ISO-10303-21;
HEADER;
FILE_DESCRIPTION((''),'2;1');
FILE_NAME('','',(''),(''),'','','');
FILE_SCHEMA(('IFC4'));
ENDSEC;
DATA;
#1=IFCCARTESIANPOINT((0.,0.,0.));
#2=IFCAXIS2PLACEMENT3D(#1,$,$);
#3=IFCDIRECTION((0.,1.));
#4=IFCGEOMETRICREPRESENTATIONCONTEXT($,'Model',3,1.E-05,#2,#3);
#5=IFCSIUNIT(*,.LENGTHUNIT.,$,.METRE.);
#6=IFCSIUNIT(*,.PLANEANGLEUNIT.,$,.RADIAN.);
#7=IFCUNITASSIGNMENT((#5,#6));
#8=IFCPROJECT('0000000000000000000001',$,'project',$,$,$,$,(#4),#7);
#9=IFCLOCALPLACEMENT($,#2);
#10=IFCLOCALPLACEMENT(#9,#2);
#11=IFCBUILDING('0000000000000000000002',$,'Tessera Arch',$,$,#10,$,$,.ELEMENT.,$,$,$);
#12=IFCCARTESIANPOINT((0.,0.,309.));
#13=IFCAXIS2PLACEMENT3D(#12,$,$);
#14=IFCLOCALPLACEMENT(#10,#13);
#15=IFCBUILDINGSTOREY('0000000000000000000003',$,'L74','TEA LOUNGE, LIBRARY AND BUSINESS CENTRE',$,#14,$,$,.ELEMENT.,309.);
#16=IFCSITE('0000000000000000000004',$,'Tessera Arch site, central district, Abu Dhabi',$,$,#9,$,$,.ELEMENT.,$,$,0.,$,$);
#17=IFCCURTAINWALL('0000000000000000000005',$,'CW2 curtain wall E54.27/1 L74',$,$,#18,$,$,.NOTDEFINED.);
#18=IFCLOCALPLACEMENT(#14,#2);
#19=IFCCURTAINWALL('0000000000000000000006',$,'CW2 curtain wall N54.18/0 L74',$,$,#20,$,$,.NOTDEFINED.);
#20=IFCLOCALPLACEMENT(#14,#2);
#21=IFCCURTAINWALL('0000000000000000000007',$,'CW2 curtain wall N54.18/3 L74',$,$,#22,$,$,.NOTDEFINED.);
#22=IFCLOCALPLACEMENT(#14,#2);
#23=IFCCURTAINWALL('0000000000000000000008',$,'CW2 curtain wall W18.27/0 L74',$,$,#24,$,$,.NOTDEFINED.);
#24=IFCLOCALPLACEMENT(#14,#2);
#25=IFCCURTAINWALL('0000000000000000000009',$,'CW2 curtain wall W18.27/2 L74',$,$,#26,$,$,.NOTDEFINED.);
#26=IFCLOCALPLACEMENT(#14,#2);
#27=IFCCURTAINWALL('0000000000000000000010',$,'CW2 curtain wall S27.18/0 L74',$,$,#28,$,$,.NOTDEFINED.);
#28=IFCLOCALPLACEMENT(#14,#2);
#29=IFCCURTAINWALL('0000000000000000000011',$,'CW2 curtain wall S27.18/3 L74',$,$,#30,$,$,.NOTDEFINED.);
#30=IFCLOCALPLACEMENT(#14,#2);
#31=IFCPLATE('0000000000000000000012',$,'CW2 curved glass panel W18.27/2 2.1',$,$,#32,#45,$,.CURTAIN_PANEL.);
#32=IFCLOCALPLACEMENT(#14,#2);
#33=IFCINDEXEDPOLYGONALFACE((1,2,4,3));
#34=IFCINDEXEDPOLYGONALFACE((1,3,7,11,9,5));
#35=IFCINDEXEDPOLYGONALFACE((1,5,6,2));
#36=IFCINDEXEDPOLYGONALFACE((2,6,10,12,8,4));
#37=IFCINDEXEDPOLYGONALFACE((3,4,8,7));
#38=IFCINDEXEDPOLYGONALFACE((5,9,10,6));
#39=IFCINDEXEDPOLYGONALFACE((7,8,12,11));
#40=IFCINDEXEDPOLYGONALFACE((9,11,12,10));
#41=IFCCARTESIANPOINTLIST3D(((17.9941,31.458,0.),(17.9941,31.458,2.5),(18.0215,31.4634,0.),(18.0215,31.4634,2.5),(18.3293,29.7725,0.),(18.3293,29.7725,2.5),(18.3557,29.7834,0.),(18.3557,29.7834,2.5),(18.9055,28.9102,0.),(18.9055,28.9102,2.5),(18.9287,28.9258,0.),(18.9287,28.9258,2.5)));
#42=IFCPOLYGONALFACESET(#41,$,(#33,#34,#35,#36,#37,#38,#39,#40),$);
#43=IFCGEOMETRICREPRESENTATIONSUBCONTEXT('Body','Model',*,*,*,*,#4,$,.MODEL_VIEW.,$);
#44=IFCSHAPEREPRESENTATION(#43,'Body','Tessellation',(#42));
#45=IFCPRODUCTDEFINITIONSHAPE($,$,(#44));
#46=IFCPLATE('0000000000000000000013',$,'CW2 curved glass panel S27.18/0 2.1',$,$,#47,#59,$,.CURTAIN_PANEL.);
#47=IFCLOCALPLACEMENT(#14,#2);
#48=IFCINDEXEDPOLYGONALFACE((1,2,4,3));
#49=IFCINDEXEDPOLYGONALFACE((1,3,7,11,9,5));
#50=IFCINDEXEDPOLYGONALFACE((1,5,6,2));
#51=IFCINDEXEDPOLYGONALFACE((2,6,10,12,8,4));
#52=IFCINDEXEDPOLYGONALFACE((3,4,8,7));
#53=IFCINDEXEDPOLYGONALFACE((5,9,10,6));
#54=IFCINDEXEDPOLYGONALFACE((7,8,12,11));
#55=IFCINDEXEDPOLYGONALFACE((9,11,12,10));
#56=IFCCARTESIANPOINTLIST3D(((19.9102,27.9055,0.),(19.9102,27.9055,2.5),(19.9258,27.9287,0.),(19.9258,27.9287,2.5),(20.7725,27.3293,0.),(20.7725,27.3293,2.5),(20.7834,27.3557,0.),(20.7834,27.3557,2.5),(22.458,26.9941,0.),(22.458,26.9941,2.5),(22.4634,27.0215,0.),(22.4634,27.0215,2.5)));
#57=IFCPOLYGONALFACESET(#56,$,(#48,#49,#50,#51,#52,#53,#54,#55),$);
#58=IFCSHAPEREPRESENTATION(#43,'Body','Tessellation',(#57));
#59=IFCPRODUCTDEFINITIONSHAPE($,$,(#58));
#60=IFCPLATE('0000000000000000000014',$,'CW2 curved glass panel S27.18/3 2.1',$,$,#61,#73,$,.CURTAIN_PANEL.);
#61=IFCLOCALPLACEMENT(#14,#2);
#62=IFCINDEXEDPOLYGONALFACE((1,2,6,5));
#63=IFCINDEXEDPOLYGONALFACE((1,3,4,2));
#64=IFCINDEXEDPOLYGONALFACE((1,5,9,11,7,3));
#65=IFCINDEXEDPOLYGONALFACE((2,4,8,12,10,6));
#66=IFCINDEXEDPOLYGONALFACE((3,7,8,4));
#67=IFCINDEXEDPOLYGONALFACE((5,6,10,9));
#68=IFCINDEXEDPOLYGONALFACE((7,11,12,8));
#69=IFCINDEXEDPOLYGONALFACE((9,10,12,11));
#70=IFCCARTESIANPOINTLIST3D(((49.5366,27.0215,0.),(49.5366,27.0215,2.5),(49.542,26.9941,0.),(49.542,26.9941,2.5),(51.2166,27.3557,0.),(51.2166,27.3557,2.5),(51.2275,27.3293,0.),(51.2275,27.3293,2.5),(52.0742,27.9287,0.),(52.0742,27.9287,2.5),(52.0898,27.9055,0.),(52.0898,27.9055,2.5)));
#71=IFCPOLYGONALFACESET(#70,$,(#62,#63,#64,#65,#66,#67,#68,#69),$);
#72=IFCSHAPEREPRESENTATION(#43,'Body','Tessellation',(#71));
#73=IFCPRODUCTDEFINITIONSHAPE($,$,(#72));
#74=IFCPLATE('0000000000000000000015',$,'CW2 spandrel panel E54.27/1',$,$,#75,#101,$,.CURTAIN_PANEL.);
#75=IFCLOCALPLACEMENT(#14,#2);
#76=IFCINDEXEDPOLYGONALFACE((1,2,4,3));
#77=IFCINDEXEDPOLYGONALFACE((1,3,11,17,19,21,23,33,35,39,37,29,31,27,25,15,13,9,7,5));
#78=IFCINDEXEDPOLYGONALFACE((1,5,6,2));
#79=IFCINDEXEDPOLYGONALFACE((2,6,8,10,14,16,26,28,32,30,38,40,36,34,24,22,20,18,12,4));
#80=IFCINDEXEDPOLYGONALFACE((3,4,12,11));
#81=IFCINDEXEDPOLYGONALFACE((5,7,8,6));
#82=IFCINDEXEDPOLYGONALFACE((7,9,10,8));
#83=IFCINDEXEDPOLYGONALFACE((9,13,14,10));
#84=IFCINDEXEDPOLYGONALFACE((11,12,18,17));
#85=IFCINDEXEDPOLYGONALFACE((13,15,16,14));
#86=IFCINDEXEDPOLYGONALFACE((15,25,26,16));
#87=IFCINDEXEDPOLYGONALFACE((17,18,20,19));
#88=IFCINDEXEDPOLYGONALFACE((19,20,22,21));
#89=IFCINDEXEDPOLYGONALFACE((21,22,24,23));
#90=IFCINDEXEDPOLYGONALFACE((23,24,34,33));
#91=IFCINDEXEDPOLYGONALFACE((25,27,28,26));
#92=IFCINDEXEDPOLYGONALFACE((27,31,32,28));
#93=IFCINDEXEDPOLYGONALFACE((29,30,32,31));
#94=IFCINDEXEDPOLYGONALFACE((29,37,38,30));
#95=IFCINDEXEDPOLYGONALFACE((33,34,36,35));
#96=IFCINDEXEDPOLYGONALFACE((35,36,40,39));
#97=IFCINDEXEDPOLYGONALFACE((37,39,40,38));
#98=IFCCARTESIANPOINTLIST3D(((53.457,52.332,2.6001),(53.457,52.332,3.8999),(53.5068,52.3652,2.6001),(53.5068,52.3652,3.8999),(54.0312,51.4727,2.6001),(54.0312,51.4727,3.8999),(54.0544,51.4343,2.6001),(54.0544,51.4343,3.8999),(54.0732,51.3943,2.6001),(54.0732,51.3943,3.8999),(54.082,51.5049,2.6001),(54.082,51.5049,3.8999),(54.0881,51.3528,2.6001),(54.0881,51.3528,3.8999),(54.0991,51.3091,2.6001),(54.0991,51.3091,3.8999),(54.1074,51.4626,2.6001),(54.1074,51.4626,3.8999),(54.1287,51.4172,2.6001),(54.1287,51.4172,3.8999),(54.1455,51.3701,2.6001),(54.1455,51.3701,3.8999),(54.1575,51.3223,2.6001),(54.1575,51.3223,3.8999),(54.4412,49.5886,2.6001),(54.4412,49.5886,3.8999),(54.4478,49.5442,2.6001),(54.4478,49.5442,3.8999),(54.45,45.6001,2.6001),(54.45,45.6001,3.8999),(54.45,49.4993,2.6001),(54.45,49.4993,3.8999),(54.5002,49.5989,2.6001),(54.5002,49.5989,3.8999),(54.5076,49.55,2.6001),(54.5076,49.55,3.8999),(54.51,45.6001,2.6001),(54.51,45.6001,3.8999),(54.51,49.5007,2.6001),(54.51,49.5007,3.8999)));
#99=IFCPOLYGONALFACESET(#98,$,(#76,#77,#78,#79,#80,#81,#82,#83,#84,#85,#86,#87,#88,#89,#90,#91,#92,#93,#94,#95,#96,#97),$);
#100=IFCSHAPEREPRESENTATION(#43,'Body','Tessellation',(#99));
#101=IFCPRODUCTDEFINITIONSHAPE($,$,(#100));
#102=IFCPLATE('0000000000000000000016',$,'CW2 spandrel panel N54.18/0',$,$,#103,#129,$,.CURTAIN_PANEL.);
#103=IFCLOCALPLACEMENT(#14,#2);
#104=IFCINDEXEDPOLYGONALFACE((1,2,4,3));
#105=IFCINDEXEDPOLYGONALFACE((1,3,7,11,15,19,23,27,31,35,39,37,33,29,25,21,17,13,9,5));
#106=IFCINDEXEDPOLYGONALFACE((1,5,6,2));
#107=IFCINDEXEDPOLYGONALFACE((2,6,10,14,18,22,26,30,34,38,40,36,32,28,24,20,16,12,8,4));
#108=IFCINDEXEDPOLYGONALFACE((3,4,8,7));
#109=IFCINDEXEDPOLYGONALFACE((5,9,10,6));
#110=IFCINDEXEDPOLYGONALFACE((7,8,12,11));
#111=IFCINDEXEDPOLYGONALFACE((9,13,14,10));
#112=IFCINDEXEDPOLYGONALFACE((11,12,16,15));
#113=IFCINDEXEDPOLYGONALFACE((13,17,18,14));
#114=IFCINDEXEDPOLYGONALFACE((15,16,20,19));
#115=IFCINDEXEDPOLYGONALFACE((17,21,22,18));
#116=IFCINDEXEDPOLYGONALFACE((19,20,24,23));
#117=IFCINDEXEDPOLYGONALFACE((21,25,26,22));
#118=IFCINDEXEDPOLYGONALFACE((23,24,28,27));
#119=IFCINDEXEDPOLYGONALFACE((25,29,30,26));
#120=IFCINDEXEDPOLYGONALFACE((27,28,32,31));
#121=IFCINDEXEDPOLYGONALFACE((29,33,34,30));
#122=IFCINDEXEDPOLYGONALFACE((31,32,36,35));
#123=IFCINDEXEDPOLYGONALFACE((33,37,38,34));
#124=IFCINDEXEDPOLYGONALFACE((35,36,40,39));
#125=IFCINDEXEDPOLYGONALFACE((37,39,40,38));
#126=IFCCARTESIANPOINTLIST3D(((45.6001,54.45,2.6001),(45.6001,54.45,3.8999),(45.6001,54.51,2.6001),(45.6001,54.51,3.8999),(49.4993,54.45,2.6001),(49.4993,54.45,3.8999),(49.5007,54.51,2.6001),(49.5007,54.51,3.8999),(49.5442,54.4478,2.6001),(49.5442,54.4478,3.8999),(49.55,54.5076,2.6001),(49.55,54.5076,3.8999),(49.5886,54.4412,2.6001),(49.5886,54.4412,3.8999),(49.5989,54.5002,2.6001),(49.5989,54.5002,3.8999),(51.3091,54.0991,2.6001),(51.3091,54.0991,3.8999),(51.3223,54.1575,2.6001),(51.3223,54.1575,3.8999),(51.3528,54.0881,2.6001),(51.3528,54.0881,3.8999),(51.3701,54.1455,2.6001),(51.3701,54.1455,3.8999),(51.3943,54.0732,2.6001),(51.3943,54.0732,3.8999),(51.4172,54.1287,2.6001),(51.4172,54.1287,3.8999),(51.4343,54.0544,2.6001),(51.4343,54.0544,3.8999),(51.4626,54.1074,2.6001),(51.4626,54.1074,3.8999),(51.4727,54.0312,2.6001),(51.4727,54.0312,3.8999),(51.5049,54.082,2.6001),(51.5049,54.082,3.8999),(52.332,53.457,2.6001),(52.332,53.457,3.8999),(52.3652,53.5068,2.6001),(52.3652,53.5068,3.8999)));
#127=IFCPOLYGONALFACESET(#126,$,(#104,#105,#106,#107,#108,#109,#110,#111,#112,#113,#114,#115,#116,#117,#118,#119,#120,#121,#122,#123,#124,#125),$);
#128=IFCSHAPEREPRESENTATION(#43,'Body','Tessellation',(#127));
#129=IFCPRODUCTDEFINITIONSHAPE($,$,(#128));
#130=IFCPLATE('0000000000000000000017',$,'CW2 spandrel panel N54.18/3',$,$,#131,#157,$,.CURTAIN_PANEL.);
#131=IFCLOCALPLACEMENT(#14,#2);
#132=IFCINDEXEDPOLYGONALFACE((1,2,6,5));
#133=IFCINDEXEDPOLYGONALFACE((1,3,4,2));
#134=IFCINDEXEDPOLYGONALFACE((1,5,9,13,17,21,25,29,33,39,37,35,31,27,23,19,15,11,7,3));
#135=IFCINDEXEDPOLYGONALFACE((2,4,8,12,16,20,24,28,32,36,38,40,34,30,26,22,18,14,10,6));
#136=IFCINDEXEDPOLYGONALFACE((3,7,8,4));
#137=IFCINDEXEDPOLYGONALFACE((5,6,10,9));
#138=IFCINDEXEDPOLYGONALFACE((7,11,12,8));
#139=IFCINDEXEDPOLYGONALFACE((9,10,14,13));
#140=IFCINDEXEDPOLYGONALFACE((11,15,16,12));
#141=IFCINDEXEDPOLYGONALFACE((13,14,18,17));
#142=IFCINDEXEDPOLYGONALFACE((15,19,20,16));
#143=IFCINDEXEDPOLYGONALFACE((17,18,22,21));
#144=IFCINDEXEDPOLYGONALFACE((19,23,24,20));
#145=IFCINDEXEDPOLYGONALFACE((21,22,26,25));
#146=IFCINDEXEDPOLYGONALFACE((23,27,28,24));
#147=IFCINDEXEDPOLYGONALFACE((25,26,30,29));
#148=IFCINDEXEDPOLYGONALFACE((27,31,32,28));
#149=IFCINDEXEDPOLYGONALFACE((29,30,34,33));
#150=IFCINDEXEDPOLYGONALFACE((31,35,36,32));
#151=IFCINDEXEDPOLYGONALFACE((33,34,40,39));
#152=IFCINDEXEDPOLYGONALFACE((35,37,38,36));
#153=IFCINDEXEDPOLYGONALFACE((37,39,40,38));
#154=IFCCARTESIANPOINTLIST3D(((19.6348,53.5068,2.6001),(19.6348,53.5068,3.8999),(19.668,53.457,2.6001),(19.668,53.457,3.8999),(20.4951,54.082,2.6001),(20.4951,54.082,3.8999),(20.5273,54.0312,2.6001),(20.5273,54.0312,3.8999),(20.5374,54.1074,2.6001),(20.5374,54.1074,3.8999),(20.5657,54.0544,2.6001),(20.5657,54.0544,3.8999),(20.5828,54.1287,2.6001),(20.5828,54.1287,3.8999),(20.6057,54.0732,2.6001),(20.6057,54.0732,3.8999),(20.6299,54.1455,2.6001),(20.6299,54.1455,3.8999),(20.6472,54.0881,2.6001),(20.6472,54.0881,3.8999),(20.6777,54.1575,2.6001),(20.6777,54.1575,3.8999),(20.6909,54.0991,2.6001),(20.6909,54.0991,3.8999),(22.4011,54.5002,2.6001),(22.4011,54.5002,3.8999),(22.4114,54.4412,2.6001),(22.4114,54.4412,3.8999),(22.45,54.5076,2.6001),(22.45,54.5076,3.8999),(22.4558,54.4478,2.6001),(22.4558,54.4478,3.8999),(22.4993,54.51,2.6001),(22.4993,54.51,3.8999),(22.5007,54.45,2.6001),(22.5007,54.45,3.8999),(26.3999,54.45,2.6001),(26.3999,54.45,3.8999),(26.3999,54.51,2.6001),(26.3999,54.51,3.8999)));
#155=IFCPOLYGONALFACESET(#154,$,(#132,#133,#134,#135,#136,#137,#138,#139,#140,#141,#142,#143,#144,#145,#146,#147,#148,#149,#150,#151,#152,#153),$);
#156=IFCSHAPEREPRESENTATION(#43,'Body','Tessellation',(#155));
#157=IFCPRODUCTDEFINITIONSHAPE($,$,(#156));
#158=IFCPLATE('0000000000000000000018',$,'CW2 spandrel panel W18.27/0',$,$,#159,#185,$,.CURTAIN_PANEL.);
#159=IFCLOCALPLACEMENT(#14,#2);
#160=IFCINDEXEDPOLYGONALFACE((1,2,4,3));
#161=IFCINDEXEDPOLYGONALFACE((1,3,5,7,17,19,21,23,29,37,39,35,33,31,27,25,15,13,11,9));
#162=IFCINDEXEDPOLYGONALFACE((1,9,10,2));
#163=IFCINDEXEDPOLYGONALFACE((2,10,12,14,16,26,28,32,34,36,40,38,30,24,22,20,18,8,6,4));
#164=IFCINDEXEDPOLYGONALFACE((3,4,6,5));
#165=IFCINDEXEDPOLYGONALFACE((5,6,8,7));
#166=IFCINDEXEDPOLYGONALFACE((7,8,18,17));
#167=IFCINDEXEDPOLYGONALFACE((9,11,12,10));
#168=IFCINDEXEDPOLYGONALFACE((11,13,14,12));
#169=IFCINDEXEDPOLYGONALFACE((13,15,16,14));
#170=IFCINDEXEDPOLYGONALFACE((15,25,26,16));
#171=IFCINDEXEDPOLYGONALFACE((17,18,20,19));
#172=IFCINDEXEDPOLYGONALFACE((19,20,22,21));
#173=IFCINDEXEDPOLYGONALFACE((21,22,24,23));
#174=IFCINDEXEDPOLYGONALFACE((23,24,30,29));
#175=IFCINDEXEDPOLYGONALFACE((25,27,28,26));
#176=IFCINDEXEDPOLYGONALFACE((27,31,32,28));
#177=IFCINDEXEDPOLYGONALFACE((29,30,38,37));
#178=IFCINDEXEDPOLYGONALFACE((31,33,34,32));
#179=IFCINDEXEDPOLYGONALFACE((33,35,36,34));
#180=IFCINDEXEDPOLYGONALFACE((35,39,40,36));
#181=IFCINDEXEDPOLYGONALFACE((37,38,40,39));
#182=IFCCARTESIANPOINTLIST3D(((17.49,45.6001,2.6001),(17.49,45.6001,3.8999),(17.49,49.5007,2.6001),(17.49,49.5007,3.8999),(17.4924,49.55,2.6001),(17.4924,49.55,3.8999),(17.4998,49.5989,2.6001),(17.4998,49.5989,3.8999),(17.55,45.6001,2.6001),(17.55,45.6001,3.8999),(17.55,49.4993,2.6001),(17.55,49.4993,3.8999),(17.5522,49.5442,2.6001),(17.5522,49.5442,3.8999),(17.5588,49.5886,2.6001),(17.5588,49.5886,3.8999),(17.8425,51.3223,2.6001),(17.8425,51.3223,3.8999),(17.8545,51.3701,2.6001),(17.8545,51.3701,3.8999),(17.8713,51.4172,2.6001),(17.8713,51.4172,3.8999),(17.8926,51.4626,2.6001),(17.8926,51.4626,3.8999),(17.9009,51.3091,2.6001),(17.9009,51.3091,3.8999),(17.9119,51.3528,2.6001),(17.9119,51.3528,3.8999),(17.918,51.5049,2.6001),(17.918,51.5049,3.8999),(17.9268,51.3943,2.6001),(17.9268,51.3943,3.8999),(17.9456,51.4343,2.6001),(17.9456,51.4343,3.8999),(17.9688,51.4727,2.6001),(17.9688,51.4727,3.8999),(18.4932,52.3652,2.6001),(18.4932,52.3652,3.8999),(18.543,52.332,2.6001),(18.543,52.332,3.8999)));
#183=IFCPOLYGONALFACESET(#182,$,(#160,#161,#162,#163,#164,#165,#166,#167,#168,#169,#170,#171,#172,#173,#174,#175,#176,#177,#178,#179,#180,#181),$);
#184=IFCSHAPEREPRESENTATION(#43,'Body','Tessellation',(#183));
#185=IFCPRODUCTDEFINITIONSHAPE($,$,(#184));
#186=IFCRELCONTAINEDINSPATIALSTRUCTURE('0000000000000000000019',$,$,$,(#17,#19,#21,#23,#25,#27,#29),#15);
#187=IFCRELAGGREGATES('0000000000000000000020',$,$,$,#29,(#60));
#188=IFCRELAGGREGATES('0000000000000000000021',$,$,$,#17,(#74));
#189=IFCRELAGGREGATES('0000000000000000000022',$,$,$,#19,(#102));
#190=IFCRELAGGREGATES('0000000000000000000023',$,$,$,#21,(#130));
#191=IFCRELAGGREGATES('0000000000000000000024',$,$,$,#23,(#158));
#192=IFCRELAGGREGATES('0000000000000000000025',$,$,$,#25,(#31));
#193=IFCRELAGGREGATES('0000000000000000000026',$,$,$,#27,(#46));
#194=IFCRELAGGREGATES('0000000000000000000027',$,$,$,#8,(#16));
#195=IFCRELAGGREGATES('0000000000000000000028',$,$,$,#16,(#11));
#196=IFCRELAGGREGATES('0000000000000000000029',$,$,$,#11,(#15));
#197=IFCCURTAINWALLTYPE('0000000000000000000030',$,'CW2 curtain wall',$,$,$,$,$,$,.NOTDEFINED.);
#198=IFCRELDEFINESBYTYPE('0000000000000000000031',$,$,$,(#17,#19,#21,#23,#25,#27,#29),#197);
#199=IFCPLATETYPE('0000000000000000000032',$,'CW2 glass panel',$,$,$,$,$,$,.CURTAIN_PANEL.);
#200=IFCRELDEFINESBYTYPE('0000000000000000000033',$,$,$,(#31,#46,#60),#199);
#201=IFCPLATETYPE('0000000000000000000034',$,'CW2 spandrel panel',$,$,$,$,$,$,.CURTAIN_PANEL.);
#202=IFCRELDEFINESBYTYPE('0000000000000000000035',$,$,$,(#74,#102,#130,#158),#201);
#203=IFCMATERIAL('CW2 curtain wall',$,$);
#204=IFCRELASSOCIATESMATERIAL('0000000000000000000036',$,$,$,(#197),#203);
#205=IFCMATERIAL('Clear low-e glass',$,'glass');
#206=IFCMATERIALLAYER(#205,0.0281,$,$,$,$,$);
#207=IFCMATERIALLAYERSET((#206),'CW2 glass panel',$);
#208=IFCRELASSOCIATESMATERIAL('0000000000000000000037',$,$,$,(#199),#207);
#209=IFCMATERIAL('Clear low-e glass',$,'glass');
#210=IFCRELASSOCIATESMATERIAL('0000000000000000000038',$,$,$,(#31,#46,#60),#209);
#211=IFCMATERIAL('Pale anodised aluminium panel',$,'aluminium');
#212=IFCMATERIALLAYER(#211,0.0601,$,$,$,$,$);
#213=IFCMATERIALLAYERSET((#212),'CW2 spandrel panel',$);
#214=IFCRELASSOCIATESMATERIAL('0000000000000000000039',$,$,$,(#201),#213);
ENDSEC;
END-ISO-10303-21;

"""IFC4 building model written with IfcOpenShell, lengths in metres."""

from ifc_helpers import new_model, si_unit, direction, frame, origin, place, context, subcontext, project, spatial, polyline, outline, extrude, material, layer, layer_set, type_object, element, aggregate, save


model = new_model("IFC4")

# Units and contexts
model_context = context("Model", 3, precision=1e-05, world=origin(), true_north=direction((0.0, 1.0)))
body_context = subcontext(model_context, "Body", "Model", "MODEL_VIEW")
ifc_project = project(units=[si_unit("LENGTHUNIT", "METRE"), si_unit("PLANEANGLEUNIT", "RADIAN")], contexts=[model_context])

# Site, building, storey
site_placement = place(None, origin())
site = spatial("IfcSite", under=ifc_project, at=site_placement, Name="Tessera Arch site, central district, Abu Dhabi", CompositionType="ELEMENT", RefElevation=0.0)
building_placement = place(site_placement, origin())
building = spatial("IfcBuilding", under=site, at=building_placement, Name="Tessera Arch", CompositionType="ELEMENT")
storey_placement = place(building_placement, frame((0.0, 0.0, 309.0)))
storey = spatial("IfcBuildingStorey", under=building, at=storey_placement, Name="L74", Description="TEA LOUNGE, LIBRARY AND BUSINESS CENTRE", CompositionType="ELEMENT", Elevation=309.0)

# Curtain walls
ifc_material_1 = material(Name="CW2 curtain wall")
curtain_wall_type = type_object("IfcCurtainWallType", Name="CW2 curtain wall", PredefinedType="NOTDEFINED", material=ifc_material_1)
curtain_wall_1_placement = place(storey_placement, origin())
curtain_wall_1 = element("IfcCurtainWall", 1, at=curtain_wall_1_placement, inside=storey, type_object=curtain_wall_type, Name="CW2 curtain wall E54.27/1 L74", PredefinedType="NOTDEFINED")
curtain_wall_2_placement = place(storey_placement, origin())
curtain_wall_2 = element("IfcCurtainWall", 2, at=curtain_wall_2_placement, inside=storey, type_object=curtain_wall_type, Name="CW2 curtain wall N54.18/0 L74", PredefinedType="NOTDEFINED")
curtain_wall_3_placement = place(storey_placement, origin())
curtain_wall_3 = element("IfcCurtainWall", 3, at=curtain_wall_3_placement, inside=storey, type_object=curtain_wall_type, Name="CW2 curtain wall N54.18/3 L74", PredefinedType="NOTDEFINED")
curtain_wall_4_placement = place(storey_placement, origin())
curtain_wall_4 = element("IfcCurtainWall", 4, at=curtain_wall_4_placement, inside=storey, type_object=curtain_wall_type, Name="CW2 curtain wall W18.27/0 L74", PredefinedType="NOTDEFINED")
curtain_wall_5_placement = place(storey_placement, origin())
curtain_wall_5 = element("IfcCurtainWall", 5, at=curtain_wall_5_placement, inside=storey, type_object=curtain_wall_type, Name="CW2 curtain wall W18.27/2 L74", PredefinedType="NOTDEFINED")
curtain_wall_6_placement = place(storey_placement, origin())
curtain_wall_6 = element("IfcCurtainWall", 6, at=curtain_wall_6_placement, inside=storey, type_object=curtain_wall_type, Name="CW2 curtain wall S27.18/0 L74", PredefinedType="NOTDEFINED")
curtain_wall_7_placement = place(storey_placement, origin())
curtain_wall_7 = element("IfcCurtainWall", 7, at=curtain_wall_7_placement, inside=storey, type_object=curtain_wall_type, Name="CW2 curtain wall S27.18/3 L74", PredefinedType="NOTDEFINED")

# Plates
ifc_material_2 = material(Name="Clear low-e glass", Category="glass")
ifc_material_3 = material(Name="Clear low-e glass", Category="glass")
ifc_layer_1 = layer(ifc_material_3, 0.0281)
ifc_layer_set_1 = layer_set([ifc_layer_1], Name="CW2 glass panel")
plate_type_1 = type_object("IfcPlateType", Name="CW2 glass panel", PredefinedType="CURTAIN_PANEL", material=ifc_layer_set_1)
plate_1_placement = place(storey_placement, origin())
plate_1 = element("IfcPlate", 8, at=plate_1_placement, type_object=plate_type_1, material=ifc_material_2, Name="CW2 curved glass panel W18.27/2 2.1", PredefinedType="CURTAIN_PANEL", context=body_context, shape_type="SweptSolid", body=[
    extrude(outline(polyline([(18.3557, 29.7834), (18.0215, 31.4634), (17.9941, 31.458), (18.3293, 29.7725), (18.9055, 28.9102), (18.9287, 28.9258), (18.3557, 29.7834)])), origin(), (0.0, 0.0, 1.0), 2.5),
])
plate_2_placement = place(storey_placement, origin())
plate_2 = element("IfcPlate", 9, at=plate_2_placement, type_object=plate_type_1, material=ifc_material_2, Name="CW2 curved glass panel S27.18/0 2.1", PredefinedType="CURTAIN_PANEL", context=body_context, shape_type="SweptSolid", body=[
    extrude(outline(polyline([(20.7834, 27.3557), (19.9258, 27.9287), (19.9102, 27.9055), (20.7725, 27.3293), (22.458, 26.9941), (22.4634, 27.0215), (20.7834, 27.3557)])), origin(), (0.0, 0.0, 1.0), 2.5),
])
plate_3_placement = place(storey_placement, origin())
plate_3 = element("IfcPlate", 10, at=plate_3_placement, type_object=plate_type_1, material=ifc_material_2, Name="CW2 curved glass panel S27.18/3 2.1", PredefinedType="CURTAIN_PANEL", context=body_context, shape_type="SweptSolid", body=[
    extrude(outline(polyline([(51.2166, 27.3557), (49.5366, 27.0215), (49.542, 26.9941), (51.2275, 27.3293), (52.0898, 27.9055), (52.0742, 27.9287), (51.2166, 27.3557)])), origin(), (0.0, 0.0, 1.0), 2.5),
])
aggregate(curtain_wall_7, [plate_3])
ifc_material_4 = material(Name="Pale anodised aluminium panel", Category="aluminium")
ifc_layer_2 = layer(ifc_material_4, 0.0601)
ifc_layer_set_2 = layer_set([ifc_layer_2], Name="CW2 spandrel panel")
plate_type_2 = type_object("IfcPlateType", Name="CW2 spandrel panel", PredefinedType="CURTAIN_PANEL", material=ifc_layer_set_2)
plate_4_placement = place(storey_placement, frame((0.0, 0.0, 2.6001)))
plate_4 = element("IfcPlate", 11, at=plate_4_placement, type_object=plate_type_2, Name="CW2 spandrel panel E54.27/1", PredefinedType="CURTAIN_PANEL", context=body_context, shape_type="SweptSolid", body=[
    extrude(outline(polyline([(54.45, 49.4993), (54.45, 45.6001), (54.51, 45.6001), (54.51, 49.5007), (54.5076, 49.55), (54.5002, 49.5989), (54.1575, 51.3223), (54.1455, 51.3701), (54.1287, 51.4172), (54.1074, 51.4626), (54.082, 51.5049), (53.5068, 52.3652), (53.457, 52.332), (54.0312, 51.4727), (54.0544, 51.4343), (54.0732, 51.3943), (54.0881, 51.3528), (54.0991, 51.3091), (54.4412, 49.5886), (54.4478, 49.5442), (54.45, 49.4993)])), origin(), (0.0, 0.0, 1.0), 1.2998),
])
aggregate(curtain_wall_1, [plate_4])
plate_5_placement = place(storey_placement, frame((0.0, 0.0, 2.6001)))
plate_5 = element("IfcPlate", 12, at=plate_5_placement, type_object=plate_type_2, Name="CW2 spandrel panel N54.18/0", PredefinedType="CURTAIN_PANEL", context=body_context, shape_type="SweptSolid", body=[
    extrude(outline(polyline([(51.4727, 54.0312), (52.332, 53.457), (52.3652, 53.5068), (51.5049, 54.082), (51.4626, 54.1074), (51.4172, 54.1287), (51.3701, 54.1455), (51.3223, 54.1575), (49.5989, 54.5002), (49.55, 54.5076), (49.5007, 54.51), (45.6001, 54.51), (45.6001, 54.45), (49.4993, 54.45), (49.5442, 54.4478), (49.5886, 54.4412), (51.3091, 54.0991), (51.3528, 54.0881), (51.3943, 54.0732), (51.4343, 54.0544), (51.4727, 54.0312)])), origin(), (0.0, 0.0, 1.0), 1.2998),
])
aggregate(curtain_wall_2, [plate_5])
plate_6_placement = place(storey_placement, frame((0.0, 0.0, 2.6001)))
plate_6 = element("IfcPlate", 13, at=plate_6_placement, type_object=plate_type_2, Name="CW2 spandrel panel N54.18/3", PredefinedType="CURTAIN_PANEL", context=body_context, shape_type="SweptSolid", body=[
    extrude(outline(polyline([(22.5007, 54.45), (26.3999, 54.45), (26.3999, 54.51), (22.4993, 54.51), (22.45, 54.5076), (22.4011, 54.5002), (20.6777, 54.1575), (20.6299, 54.1455), (20.5828, 54.1287), (20.5374, 54.1074), (20.4951, 54.082), (19.6348, 53.5068), (19.668, 53.457), (20.5273, 54.0312), (20.5657, 54.0544), (20.6057, 54.0732), (20.6472, 54.0881), (20.6909, 54.0991), (22.4114, 54.4412), (22.4558, 54.4478), (22.5007, 54.45)])), origin(), (0.0, 0.0, 1.0), 1.2998),
])
aggregate(curtain_wall_3, [plate_6])
plate_7_placement = place(storey_placement, frame((0.0, 0.0, 2.6001)))
plate_7 = element("IfcPlate", 14, at=plate_7_placement, type_object=plate_type_2, Name="CW2 spandrel panel W18.27/0", PredefinedType="CURTAIN_PANEL", context=body_context, shape_type="SweptSolid", body=[
    extrude(outline(polyline([(17.9688, 51.4727), (18.543, 52.332), (18.4932, 52.3652), (17.918, 51.5049), (17.8926, 51.4626), (17.8713, 51.4172), (17.8545, 51.3701), (17.8425, 51.3223), (17.4998, 49.5989), (17.4924, 49.55), (17.49, 49.5007), (17.49, 45.6001), (17.55, 45.6001), (17.55, 49.4993), (17.5522, 49.5442), (17.5588, 49.5886), (17.9009, 51.3091), (17.9119, 51.3528), (17.9268, 51.3943), (17.9456, 51.4343), (17.9688, 51.4727)])), origin(), (0.0, 0.0, 1.0), 1.2998),
])
aggregate(curtain_wall_4, [plate_7])
aggregate(curtain_wall_5, [plate_1])
aggregate(curtain_wall_6, [plate_2])

save(model, "model.ifc")
